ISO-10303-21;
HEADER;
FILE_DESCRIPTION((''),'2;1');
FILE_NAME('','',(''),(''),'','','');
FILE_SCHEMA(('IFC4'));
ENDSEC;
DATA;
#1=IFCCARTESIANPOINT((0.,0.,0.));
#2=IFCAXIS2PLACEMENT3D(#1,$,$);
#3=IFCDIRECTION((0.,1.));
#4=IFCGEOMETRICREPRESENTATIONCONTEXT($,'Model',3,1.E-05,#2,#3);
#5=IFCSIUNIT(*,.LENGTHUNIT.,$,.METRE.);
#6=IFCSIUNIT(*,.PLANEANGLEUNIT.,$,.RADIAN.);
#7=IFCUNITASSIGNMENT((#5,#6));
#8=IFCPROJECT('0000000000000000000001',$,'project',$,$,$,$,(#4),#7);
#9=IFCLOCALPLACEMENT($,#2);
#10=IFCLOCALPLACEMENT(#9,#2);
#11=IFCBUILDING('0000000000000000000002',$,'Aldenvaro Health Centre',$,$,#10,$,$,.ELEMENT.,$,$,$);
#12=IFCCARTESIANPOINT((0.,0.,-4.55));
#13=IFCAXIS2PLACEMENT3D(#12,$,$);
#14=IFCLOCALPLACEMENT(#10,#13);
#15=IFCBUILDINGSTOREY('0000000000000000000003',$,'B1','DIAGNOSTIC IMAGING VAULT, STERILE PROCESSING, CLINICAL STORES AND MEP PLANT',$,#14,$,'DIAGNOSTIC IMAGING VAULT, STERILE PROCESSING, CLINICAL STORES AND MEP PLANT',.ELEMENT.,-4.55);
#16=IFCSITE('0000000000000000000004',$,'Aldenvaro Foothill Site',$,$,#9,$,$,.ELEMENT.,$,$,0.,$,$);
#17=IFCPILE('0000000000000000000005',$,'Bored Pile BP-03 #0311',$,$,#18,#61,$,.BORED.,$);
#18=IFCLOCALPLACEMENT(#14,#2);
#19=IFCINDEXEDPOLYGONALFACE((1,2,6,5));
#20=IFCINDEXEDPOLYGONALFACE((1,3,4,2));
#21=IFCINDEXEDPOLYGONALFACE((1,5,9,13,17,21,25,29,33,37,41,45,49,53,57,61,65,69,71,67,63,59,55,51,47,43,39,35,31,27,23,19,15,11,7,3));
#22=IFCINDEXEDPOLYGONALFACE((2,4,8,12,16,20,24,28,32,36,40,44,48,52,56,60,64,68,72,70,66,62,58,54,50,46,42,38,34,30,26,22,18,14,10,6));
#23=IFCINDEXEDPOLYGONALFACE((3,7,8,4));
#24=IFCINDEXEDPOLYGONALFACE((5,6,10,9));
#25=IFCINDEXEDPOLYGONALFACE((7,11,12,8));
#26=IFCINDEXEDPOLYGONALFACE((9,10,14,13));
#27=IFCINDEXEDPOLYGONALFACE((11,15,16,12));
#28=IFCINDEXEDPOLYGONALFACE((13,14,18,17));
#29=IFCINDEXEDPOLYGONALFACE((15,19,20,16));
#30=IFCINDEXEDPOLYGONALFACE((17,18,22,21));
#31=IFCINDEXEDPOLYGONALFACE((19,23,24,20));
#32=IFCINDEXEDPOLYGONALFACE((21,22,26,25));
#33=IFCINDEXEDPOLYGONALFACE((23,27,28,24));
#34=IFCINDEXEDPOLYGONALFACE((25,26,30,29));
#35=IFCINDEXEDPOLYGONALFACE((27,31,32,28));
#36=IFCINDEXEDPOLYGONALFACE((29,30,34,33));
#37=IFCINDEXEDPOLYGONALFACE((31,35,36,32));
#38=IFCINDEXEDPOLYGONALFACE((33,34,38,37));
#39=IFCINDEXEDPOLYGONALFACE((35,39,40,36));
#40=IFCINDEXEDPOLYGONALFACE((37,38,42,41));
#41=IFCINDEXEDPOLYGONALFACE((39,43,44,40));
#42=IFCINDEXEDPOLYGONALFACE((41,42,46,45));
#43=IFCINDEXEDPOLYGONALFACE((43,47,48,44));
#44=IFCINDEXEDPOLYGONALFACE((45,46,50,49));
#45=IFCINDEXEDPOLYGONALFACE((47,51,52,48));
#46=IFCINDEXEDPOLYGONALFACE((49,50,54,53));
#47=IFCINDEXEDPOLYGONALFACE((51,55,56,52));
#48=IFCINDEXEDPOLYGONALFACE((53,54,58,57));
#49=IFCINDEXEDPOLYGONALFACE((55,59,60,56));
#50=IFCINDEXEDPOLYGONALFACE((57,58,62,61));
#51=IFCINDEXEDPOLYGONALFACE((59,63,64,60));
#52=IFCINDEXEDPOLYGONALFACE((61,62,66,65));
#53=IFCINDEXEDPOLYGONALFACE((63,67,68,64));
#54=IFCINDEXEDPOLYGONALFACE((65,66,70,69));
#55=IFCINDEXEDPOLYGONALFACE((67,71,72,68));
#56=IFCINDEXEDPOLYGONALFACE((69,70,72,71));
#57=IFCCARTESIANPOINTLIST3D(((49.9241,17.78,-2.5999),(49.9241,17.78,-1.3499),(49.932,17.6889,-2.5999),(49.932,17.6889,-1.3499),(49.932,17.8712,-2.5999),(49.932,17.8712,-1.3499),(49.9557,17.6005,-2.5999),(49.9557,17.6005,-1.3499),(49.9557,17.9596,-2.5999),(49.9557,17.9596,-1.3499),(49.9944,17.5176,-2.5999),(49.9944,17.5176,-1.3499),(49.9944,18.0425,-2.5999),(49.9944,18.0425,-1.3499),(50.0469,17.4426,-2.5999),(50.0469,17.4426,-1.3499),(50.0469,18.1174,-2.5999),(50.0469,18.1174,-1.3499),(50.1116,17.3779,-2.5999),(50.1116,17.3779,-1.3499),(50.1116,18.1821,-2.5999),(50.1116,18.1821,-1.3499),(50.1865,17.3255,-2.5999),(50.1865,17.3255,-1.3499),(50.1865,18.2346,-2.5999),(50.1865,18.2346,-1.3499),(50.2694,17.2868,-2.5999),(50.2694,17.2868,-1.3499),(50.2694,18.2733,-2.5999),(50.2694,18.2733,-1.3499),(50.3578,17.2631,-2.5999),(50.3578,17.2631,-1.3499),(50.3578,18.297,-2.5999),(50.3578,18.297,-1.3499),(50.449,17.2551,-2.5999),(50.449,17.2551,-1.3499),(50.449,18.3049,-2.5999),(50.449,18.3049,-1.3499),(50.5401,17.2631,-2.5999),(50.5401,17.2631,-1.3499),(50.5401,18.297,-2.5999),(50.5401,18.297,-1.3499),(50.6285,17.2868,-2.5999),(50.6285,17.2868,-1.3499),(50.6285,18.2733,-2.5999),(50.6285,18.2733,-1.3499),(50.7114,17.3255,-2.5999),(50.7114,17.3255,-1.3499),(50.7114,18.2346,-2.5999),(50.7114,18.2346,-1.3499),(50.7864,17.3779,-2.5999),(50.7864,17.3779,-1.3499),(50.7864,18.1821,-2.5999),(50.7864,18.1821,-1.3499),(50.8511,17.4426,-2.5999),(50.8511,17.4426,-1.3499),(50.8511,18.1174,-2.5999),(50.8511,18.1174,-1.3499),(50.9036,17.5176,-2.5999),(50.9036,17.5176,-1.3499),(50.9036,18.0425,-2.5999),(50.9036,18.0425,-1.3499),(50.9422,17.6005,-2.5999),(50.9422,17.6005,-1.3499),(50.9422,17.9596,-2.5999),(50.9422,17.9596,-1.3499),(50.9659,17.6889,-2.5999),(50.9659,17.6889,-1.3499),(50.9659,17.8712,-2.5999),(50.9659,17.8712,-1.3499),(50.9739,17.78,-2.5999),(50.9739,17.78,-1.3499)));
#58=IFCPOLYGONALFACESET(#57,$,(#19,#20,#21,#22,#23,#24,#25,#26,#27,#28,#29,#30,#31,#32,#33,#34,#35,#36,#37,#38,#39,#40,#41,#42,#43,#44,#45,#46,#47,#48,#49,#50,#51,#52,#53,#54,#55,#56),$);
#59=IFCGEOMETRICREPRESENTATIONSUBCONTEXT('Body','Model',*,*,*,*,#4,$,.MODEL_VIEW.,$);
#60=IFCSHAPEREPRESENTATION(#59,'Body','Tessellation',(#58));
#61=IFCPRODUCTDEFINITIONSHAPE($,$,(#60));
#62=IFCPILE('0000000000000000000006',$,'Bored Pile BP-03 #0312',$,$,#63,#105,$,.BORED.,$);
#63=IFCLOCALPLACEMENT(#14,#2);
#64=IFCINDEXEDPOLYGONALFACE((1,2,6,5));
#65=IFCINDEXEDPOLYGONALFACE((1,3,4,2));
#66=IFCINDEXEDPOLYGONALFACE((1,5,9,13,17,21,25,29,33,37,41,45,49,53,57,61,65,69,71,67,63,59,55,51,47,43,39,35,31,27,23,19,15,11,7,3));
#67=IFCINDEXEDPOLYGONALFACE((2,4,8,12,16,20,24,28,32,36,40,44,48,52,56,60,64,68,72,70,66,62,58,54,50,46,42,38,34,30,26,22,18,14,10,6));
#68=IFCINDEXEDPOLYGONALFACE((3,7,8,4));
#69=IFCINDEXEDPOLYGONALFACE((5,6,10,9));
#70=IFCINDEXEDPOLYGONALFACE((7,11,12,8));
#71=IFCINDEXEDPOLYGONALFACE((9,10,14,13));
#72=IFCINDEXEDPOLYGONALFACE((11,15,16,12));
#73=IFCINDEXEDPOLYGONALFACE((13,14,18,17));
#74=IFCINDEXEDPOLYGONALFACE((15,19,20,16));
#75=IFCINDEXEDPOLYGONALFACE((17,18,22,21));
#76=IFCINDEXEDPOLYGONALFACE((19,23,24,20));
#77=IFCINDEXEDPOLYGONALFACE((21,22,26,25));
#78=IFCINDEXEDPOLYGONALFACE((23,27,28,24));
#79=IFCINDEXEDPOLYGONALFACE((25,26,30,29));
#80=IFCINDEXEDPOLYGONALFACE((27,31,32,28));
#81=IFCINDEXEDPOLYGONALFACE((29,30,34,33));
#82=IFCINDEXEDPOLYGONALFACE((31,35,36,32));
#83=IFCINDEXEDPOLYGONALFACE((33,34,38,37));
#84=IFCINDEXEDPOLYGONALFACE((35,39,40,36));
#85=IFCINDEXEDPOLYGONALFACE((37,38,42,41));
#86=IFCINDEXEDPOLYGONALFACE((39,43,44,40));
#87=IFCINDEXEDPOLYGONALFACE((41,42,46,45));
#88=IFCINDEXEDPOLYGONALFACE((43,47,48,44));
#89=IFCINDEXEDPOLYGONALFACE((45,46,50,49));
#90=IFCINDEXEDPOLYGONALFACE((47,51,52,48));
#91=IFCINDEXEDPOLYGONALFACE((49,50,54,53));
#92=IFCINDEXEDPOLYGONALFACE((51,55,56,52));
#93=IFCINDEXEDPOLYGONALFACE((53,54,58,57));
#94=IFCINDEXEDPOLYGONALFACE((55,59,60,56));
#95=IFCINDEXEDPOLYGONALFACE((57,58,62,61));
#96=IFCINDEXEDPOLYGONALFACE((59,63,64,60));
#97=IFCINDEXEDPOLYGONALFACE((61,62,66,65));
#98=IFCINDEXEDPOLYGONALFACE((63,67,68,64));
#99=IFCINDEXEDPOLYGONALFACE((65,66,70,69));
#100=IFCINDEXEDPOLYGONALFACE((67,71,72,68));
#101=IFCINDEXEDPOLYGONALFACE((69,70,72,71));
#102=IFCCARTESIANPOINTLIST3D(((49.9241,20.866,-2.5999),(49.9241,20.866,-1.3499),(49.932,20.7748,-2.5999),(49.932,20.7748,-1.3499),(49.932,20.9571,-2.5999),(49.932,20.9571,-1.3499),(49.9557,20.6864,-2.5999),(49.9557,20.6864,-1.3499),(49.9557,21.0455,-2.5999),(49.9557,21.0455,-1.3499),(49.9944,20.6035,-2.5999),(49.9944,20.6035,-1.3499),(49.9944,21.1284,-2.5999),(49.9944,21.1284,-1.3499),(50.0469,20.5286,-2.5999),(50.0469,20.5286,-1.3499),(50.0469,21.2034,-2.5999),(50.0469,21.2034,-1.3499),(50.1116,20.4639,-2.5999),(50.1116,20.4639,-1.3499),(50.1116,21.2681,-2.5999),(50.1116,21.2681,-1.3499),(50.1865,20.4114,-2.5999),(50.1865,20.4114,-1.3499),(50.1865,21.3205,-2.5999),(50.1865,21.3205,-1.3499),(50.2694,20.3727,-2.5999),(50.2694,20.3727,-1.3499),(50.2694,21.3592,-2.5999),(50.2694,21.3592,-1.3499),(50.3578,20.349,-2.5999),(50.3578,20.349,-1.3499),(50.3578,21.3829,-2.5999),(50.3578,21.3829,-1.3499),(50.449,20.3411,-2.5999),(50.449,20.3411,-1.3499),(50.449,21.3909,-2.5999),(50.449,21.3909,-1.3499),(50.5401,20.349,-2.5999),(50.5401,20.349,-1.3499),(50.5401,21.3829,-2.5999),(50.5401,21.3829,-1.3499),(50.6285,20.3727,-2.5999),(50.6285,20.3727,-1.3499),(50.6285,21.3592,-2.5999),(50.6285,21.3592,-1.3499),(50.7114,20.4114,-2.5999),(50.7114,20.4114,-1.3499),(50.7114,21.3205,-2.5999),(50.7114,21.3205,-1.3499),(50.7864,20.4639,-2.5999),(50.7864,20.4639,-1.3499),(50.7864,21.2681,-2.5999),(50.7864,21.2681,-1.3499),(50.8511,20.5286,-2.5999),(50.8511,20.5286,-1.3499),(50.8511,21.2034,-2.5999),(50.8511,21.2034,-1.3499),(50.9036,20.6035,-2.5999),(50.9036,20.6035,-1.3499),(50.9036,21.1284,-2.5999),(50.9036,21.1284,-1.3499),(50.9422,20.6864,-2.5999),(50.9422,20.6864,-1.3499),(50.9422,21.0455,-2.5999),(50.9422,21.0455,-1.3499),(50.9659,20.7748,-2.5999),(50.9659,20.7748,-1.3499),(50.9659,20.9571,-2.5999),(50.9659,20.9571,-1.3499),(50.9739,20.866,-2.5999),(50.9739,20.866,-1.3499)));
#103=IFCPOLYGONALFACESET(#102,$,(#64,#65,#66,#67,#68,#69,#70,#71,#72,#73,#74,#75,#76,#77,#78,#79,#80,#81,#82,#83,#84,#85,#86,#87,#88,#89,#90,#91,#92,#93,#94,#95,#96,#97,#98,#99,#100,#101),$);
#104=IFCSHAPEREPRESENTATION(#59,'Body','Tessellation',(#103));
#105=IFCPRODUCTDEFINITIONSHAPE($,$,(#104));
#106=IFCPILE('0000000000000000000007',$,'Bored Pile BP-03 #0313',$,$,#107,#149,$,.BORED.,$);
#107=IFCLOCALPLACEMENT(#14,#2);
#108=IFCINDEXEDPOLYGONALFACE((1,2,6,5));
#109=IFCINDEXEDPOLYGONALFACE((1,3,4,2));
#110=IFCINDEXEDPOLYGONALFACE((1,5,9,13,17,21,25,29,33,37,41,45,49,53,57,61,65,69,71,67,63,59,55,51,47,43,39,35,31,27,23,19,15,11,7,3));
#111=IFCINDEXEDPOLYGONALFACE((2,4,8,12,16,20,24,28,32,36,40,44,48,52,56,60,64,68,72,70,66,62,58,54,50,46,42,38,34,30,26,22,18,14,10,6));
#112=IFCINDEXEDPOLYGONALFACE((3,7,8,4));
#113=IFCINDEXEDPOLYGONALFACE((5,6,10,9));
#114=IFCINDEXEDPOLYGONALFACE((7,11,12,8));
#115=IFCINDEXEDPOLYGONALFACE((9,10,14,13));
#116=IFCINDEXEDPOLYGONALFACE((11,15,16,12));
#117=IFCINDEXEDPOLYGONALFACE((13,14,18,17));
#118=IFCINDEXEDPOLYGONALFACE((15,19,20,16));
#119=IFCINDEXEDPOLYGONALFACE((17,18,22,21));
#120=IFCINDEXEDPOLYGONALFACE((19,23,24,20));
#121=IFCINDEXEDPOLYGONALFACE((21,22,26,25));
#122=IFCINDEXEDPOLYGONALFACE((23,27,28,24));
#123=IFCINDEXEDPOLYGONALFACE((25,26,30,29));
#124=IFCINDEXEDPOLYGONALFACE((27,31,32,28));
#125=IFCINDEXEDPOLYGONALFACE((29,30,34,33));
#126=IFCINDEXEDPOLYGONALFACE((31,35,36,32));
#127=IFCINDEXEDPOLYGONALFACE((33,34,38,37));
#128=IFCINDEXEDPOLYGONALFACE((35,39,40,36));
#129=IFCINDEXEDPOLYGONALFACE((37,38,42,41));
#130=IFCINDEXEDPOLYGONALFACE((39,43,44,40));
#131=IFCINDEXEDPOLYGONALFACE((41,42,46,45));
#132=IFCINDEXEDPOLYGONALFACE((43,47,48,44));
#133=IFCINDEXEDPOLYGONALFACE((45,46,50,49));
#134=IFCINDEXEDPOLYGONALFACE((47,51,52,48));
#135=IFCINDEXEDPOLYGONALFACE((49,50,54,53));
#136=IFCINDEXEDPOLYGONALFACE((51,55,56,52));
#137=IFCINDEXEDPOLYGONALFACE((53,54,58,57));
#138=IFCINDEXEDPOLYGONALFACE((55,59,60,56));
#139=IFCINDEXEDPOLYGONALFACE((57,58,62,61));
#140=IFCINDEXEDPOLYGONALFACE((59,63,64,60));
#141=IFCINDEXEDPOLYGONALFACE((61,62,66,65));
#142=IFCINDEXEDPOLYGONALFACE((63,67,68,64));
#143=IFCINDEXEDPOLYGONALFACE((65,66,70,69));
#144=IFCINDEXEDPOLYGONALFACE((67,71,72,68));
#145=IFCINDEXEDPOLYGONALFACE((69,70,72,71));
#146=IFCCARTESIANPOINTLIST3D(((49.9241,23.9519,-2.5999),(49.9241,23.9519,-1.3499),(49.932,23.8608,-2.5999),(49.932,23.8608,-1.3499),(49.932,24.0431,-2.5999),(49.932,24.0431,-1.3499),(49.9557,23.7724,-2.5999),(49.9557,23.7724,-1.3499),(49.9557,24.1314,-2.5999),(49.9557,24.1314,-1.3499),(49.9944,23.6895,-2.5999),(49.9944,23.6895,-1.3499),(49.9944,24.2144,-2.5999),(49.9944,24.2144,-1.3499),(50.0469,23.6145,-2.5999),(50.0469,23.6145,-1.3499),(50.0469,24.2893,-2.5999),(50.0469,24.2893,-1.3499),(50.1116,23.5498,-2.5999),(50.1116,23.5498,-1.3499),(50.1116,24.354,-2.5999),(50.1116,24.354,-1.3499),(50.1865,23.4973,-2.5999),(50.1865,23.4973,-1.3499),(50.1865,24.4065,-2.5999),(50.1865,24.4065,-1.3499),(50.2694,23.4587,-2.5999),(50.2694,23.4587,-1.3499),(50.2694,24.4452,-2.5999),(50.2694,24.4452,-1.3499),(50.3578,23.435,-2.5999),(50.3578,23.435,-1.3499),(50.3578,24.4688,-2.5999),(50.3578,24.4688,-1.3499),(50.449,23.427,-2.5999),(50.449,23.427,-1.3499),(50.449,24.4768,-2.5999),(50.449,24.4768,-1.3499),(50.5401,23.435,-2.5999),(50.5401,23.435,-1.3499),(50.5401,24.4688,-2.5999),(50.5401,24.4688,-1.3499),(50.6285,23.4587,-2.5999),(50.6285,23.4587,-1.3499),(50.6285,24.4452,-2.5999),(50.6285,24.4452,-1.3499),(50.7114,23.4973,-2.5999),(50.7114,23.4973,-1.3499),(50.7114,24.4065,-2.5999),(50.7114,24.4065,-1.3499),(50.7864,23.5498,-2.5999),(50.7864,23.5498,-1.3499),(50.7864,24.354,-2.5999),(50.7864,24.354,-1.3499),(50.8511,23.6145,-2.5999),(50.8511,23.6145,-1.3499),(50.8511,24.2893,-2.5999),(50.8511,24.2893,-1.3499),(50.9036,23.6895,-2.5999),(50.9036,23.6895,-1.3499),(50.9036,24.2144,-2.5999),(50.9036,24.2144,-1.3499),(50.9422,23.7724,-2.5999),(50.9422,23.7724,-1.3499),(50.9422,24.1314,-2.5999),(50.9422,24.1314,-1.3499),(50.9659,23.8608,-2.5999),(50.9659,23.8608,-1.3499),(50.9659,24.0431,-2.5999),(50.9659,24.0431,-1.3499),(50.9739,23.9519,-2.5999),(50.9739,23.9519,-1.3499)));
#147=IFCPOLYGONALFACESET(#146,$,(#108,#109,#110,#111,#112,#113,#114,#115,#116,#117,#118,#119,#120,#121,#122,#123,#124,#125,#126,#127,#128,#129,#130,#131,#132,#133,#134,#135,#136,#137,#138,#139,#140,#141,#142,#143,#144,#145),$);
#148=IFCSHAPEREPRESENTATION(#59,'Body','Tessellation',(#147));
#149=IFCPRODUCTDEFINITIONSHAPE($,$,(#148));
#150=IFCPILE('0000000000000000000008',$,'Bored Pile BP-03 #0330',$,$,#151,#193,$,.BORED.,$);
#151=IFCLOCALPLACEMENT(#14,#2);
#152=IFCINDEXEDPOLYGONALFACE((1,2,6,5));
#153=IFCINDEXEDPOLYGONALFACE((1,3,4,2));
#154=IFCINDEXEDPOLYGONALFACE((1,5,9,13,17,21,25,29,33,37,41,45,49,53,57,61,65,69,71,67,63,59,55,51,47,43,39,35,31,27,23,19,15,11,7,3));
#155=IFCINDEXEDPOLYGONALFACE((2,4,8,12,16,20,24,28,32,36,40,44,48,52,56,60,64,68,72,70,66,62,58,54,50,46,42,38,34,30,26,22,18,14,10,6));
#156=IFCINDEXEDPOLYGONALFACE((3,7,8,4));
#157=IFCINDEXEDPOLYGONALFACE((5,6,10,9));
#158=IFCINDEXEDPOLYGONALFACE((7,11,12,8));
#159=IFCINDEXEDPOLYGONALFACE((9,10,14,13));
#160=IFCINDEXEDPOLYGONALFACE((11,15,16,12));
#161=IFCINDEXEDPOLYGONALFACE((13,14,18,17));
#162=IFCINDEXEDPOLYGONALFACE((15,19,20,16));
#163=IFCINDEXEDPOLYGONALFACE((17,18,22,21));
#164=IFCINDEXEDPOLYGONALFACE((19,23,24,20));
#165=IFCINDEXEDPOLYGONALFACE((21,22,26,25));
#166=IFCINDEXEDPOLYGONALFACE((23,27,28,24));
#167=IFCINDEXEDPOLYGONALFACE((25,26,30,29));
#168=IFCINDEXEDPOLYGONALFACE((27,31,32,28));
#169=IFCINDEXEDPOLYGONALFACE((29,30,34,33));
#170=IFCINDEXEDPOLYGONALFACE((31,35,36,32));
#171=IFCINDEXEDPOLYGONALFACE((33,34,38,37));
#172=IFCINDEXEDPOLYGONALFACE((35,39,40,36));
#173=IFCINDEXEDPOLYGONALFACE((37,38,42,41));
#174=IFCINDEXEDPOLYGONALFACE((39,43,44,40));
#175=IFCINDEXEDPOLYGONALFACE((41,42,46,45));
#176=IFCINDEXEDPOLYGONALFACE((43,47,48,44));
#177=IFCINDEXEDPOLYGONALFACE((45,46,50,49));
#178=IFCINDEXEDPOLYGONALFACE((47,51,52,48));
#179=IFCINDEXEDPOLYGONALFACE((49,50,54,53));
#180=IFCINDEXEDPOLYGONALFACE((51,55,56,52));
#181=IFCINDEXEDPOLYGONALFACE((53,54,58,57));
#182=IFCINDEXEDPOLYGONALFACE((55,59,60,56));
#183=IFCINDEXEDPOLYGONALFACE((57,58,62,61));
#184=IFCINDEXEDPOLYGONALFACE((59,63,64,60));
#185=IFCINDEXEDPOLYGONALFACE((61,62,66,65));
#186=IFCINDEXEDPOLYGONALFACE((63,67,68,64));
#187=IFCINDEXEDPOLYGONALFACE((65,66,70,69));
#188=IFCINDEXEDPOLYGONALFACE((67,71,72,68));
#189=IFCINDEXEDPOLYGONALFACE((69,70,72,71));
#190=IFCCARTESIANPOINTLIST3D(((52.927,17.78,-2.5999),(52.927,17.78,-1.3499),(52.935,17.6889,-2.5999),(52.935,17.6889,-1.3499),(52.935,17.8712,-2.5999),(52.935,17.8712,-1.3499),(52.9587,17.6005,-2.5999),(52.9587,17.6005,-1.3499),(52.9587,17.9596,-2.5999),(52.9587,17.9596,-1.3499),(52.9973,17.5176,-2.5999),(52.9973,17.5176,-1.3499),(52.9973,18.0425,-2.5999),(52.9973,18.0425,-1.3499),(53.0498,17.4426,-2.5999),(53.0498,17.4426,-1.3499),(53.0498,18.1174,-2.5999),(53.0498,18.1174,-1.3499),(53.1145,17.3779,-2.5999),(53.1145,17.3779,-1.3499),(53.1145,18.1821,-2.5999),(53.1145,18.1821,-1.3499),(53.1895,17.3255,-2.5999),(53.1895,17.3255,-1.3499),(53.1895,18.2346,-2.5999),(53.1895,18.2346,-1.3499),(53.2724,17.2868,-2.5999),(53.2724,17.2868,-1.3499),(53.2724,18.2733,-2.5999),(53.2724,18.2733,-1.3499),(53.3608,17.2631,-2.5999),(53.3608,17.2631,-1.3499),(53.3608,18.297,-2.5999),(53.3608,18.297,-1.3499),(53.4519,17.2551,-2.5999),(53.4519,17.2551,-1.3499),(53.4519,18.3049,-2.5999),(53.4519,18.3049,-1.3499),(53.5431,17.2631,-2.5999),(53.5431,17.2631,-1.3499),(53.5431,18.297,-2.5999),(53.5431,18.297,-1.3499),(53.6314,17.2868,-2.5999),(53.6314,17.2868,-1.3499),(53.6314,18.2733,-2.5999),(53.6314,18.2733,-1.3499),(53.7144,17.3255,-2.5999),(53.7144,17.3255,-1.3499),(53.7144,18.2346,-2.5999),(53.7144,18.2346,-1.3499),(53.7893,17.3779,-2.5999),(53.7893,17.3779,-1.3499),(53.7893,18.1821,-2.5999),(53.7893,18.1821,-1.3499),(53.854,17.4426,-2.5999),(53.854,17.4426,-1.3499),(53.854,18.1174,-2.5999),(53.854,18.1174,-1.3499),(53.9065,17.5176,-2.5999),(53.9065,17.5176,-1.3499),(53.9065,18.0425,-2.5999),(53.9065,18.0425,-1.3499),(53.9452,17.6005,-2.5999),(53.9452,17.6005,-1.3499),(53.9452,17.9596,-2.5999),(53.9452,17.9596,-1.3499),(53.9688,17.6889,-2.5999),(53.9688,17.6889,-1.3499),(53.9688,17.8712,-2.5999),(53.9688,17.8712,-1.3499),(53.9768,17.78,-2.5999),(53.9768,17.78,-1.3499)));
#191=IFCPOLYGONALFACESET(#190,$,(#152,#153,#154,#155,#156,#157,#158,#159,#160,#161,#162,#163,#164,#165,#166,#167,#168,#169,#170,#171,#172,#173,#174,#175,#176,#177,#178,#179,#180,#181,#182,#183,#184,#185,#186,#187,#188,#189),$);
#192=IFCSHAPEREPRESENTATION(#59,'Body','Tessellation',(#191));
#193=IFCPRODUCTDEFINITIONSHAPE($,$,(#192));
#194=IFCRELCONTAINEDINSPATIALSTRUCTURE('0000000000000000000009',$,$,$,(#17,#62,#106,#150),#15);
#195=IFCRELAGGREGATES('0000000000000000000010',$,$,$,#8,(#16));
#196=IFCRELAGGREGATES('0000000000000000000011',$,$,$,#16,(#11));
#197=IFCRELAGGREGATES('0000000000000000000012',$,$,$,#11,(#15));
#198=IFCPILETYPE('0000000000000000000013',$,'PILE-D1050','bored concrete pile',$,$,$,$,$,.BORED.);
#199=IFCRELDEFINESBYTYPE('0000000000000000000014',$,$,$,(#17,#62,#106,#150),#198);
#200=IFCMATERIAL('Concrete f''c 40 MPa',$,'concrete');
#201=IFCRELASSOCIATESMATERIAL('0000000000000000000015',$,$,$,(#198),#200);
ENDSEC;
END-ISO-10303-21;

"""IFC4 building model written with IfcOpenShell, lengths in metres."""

from ifc_helpers import new_model, si_unit, direction, frame, origin, origin_2d, place, context, subcontext, project, spatial, circle, extrude, material, material_profile, profile_set, type_object, element, save


model = new_model("IFC4")

# Units and contexts
model_context = context("Model", 3, precision=1e-05, world=origin(), true_north=direction((0.0, 1.0)))
body_context = subcontext(model_context, "Body", "Model", "MODEL_VIEW")
ifc_project = project(units=[si_unit("LENGTHUNIT", "METRE"), si_unit("PLANEANGLEUNIT", "RADIAN")], contexts=[model_context])

# Site, building, storey
site_placement = place(None, origin())
site = spatial("IfcSite", under=ifc_project, at=site_placement, Name="Aldenvaro Foothill Site", CompositionType="ELEMENT", RefElevation=0.0)
building_placement = place(site_placement, origin())
building = spatial("IfcBuilding", under=site, at=building_placement, Name="Aldenvaro Health Centre", CompositionType="ELEMENT")
storey_placement = place(building_placement, frame((0.0, 0.0, -4.55)))
storey = spatial("IfcBuildingStorey", under=building, at=storey_placement, Name="B1", Description="DIAGNOSTIC IMAGING VAULT, STERILE PROCESSING, CLINICAL STORES AND MEP PLANT", LongName="DIAGNOSTIC IMAGING VAULT, STERILE PROCESSING, CLINICAL STORES AND MEP PLANT", CompositionType="ELEMENT", Elevation=-4.55)

# Piles
ifc_material = material(Name="Concrete f'c 40 MPa", Category="concrete")
ifc_material_profile_1 = material_profile(ifc_material, circle(Radius=0.5249, at=origin_2d()), Name="PILE D1050", Category="concrete")
ifc_profile_set_1 = profile_set([ifc_material_profile_1], Name="Concrete f'c 40 MPa")
pile_type = type_object("IfcPileType", Name="PILE-D1050", Description="bored concrete pile", PredefinedType="BORED", material=ifc_profile_set_1)
for number, where, z_axis, x_axis, name in (
    (1, (50.449, 17.78, -1.3499), (0.0, 0.0, -1.0), (1.0, 0.0, 0.0), "Bored Pile BP-03 #0311"),
    (2, (50.449, 20.866, -1.3499), (0.0, 0.0, -1.0), (1.0, 0.0, 0.0), "Bored Pile BP-03 #0312"),
    (3, (50.449, 23.9519, -1.3499), (0.0, 0.0, -1.0), (1.0, 0.0, 0.0), "Bored Pile BP-03 #0313"),
    (4, (53.4519, 17.78, -1.3499), (0.0, 0.0, -1.0), (1.0, 0.0, 0.0), "Bored Pile BP-03 #0330"),
):
    element("IfcPile", number, at=place(storey_placement, frame(where, z_axis=z_axis, x_axis=x_axis)), inside=storey, type_object=pile_type, Name=name, PredefinedType="BORED", context=body_context, shape_type="SweptSolid", body=[
        extrude(circle(Radius=0.5249, at=origin_2d()), origin(), (0.0, 0.0, 1.0), 1.25),
    ])

save(model, "model.ifc")
